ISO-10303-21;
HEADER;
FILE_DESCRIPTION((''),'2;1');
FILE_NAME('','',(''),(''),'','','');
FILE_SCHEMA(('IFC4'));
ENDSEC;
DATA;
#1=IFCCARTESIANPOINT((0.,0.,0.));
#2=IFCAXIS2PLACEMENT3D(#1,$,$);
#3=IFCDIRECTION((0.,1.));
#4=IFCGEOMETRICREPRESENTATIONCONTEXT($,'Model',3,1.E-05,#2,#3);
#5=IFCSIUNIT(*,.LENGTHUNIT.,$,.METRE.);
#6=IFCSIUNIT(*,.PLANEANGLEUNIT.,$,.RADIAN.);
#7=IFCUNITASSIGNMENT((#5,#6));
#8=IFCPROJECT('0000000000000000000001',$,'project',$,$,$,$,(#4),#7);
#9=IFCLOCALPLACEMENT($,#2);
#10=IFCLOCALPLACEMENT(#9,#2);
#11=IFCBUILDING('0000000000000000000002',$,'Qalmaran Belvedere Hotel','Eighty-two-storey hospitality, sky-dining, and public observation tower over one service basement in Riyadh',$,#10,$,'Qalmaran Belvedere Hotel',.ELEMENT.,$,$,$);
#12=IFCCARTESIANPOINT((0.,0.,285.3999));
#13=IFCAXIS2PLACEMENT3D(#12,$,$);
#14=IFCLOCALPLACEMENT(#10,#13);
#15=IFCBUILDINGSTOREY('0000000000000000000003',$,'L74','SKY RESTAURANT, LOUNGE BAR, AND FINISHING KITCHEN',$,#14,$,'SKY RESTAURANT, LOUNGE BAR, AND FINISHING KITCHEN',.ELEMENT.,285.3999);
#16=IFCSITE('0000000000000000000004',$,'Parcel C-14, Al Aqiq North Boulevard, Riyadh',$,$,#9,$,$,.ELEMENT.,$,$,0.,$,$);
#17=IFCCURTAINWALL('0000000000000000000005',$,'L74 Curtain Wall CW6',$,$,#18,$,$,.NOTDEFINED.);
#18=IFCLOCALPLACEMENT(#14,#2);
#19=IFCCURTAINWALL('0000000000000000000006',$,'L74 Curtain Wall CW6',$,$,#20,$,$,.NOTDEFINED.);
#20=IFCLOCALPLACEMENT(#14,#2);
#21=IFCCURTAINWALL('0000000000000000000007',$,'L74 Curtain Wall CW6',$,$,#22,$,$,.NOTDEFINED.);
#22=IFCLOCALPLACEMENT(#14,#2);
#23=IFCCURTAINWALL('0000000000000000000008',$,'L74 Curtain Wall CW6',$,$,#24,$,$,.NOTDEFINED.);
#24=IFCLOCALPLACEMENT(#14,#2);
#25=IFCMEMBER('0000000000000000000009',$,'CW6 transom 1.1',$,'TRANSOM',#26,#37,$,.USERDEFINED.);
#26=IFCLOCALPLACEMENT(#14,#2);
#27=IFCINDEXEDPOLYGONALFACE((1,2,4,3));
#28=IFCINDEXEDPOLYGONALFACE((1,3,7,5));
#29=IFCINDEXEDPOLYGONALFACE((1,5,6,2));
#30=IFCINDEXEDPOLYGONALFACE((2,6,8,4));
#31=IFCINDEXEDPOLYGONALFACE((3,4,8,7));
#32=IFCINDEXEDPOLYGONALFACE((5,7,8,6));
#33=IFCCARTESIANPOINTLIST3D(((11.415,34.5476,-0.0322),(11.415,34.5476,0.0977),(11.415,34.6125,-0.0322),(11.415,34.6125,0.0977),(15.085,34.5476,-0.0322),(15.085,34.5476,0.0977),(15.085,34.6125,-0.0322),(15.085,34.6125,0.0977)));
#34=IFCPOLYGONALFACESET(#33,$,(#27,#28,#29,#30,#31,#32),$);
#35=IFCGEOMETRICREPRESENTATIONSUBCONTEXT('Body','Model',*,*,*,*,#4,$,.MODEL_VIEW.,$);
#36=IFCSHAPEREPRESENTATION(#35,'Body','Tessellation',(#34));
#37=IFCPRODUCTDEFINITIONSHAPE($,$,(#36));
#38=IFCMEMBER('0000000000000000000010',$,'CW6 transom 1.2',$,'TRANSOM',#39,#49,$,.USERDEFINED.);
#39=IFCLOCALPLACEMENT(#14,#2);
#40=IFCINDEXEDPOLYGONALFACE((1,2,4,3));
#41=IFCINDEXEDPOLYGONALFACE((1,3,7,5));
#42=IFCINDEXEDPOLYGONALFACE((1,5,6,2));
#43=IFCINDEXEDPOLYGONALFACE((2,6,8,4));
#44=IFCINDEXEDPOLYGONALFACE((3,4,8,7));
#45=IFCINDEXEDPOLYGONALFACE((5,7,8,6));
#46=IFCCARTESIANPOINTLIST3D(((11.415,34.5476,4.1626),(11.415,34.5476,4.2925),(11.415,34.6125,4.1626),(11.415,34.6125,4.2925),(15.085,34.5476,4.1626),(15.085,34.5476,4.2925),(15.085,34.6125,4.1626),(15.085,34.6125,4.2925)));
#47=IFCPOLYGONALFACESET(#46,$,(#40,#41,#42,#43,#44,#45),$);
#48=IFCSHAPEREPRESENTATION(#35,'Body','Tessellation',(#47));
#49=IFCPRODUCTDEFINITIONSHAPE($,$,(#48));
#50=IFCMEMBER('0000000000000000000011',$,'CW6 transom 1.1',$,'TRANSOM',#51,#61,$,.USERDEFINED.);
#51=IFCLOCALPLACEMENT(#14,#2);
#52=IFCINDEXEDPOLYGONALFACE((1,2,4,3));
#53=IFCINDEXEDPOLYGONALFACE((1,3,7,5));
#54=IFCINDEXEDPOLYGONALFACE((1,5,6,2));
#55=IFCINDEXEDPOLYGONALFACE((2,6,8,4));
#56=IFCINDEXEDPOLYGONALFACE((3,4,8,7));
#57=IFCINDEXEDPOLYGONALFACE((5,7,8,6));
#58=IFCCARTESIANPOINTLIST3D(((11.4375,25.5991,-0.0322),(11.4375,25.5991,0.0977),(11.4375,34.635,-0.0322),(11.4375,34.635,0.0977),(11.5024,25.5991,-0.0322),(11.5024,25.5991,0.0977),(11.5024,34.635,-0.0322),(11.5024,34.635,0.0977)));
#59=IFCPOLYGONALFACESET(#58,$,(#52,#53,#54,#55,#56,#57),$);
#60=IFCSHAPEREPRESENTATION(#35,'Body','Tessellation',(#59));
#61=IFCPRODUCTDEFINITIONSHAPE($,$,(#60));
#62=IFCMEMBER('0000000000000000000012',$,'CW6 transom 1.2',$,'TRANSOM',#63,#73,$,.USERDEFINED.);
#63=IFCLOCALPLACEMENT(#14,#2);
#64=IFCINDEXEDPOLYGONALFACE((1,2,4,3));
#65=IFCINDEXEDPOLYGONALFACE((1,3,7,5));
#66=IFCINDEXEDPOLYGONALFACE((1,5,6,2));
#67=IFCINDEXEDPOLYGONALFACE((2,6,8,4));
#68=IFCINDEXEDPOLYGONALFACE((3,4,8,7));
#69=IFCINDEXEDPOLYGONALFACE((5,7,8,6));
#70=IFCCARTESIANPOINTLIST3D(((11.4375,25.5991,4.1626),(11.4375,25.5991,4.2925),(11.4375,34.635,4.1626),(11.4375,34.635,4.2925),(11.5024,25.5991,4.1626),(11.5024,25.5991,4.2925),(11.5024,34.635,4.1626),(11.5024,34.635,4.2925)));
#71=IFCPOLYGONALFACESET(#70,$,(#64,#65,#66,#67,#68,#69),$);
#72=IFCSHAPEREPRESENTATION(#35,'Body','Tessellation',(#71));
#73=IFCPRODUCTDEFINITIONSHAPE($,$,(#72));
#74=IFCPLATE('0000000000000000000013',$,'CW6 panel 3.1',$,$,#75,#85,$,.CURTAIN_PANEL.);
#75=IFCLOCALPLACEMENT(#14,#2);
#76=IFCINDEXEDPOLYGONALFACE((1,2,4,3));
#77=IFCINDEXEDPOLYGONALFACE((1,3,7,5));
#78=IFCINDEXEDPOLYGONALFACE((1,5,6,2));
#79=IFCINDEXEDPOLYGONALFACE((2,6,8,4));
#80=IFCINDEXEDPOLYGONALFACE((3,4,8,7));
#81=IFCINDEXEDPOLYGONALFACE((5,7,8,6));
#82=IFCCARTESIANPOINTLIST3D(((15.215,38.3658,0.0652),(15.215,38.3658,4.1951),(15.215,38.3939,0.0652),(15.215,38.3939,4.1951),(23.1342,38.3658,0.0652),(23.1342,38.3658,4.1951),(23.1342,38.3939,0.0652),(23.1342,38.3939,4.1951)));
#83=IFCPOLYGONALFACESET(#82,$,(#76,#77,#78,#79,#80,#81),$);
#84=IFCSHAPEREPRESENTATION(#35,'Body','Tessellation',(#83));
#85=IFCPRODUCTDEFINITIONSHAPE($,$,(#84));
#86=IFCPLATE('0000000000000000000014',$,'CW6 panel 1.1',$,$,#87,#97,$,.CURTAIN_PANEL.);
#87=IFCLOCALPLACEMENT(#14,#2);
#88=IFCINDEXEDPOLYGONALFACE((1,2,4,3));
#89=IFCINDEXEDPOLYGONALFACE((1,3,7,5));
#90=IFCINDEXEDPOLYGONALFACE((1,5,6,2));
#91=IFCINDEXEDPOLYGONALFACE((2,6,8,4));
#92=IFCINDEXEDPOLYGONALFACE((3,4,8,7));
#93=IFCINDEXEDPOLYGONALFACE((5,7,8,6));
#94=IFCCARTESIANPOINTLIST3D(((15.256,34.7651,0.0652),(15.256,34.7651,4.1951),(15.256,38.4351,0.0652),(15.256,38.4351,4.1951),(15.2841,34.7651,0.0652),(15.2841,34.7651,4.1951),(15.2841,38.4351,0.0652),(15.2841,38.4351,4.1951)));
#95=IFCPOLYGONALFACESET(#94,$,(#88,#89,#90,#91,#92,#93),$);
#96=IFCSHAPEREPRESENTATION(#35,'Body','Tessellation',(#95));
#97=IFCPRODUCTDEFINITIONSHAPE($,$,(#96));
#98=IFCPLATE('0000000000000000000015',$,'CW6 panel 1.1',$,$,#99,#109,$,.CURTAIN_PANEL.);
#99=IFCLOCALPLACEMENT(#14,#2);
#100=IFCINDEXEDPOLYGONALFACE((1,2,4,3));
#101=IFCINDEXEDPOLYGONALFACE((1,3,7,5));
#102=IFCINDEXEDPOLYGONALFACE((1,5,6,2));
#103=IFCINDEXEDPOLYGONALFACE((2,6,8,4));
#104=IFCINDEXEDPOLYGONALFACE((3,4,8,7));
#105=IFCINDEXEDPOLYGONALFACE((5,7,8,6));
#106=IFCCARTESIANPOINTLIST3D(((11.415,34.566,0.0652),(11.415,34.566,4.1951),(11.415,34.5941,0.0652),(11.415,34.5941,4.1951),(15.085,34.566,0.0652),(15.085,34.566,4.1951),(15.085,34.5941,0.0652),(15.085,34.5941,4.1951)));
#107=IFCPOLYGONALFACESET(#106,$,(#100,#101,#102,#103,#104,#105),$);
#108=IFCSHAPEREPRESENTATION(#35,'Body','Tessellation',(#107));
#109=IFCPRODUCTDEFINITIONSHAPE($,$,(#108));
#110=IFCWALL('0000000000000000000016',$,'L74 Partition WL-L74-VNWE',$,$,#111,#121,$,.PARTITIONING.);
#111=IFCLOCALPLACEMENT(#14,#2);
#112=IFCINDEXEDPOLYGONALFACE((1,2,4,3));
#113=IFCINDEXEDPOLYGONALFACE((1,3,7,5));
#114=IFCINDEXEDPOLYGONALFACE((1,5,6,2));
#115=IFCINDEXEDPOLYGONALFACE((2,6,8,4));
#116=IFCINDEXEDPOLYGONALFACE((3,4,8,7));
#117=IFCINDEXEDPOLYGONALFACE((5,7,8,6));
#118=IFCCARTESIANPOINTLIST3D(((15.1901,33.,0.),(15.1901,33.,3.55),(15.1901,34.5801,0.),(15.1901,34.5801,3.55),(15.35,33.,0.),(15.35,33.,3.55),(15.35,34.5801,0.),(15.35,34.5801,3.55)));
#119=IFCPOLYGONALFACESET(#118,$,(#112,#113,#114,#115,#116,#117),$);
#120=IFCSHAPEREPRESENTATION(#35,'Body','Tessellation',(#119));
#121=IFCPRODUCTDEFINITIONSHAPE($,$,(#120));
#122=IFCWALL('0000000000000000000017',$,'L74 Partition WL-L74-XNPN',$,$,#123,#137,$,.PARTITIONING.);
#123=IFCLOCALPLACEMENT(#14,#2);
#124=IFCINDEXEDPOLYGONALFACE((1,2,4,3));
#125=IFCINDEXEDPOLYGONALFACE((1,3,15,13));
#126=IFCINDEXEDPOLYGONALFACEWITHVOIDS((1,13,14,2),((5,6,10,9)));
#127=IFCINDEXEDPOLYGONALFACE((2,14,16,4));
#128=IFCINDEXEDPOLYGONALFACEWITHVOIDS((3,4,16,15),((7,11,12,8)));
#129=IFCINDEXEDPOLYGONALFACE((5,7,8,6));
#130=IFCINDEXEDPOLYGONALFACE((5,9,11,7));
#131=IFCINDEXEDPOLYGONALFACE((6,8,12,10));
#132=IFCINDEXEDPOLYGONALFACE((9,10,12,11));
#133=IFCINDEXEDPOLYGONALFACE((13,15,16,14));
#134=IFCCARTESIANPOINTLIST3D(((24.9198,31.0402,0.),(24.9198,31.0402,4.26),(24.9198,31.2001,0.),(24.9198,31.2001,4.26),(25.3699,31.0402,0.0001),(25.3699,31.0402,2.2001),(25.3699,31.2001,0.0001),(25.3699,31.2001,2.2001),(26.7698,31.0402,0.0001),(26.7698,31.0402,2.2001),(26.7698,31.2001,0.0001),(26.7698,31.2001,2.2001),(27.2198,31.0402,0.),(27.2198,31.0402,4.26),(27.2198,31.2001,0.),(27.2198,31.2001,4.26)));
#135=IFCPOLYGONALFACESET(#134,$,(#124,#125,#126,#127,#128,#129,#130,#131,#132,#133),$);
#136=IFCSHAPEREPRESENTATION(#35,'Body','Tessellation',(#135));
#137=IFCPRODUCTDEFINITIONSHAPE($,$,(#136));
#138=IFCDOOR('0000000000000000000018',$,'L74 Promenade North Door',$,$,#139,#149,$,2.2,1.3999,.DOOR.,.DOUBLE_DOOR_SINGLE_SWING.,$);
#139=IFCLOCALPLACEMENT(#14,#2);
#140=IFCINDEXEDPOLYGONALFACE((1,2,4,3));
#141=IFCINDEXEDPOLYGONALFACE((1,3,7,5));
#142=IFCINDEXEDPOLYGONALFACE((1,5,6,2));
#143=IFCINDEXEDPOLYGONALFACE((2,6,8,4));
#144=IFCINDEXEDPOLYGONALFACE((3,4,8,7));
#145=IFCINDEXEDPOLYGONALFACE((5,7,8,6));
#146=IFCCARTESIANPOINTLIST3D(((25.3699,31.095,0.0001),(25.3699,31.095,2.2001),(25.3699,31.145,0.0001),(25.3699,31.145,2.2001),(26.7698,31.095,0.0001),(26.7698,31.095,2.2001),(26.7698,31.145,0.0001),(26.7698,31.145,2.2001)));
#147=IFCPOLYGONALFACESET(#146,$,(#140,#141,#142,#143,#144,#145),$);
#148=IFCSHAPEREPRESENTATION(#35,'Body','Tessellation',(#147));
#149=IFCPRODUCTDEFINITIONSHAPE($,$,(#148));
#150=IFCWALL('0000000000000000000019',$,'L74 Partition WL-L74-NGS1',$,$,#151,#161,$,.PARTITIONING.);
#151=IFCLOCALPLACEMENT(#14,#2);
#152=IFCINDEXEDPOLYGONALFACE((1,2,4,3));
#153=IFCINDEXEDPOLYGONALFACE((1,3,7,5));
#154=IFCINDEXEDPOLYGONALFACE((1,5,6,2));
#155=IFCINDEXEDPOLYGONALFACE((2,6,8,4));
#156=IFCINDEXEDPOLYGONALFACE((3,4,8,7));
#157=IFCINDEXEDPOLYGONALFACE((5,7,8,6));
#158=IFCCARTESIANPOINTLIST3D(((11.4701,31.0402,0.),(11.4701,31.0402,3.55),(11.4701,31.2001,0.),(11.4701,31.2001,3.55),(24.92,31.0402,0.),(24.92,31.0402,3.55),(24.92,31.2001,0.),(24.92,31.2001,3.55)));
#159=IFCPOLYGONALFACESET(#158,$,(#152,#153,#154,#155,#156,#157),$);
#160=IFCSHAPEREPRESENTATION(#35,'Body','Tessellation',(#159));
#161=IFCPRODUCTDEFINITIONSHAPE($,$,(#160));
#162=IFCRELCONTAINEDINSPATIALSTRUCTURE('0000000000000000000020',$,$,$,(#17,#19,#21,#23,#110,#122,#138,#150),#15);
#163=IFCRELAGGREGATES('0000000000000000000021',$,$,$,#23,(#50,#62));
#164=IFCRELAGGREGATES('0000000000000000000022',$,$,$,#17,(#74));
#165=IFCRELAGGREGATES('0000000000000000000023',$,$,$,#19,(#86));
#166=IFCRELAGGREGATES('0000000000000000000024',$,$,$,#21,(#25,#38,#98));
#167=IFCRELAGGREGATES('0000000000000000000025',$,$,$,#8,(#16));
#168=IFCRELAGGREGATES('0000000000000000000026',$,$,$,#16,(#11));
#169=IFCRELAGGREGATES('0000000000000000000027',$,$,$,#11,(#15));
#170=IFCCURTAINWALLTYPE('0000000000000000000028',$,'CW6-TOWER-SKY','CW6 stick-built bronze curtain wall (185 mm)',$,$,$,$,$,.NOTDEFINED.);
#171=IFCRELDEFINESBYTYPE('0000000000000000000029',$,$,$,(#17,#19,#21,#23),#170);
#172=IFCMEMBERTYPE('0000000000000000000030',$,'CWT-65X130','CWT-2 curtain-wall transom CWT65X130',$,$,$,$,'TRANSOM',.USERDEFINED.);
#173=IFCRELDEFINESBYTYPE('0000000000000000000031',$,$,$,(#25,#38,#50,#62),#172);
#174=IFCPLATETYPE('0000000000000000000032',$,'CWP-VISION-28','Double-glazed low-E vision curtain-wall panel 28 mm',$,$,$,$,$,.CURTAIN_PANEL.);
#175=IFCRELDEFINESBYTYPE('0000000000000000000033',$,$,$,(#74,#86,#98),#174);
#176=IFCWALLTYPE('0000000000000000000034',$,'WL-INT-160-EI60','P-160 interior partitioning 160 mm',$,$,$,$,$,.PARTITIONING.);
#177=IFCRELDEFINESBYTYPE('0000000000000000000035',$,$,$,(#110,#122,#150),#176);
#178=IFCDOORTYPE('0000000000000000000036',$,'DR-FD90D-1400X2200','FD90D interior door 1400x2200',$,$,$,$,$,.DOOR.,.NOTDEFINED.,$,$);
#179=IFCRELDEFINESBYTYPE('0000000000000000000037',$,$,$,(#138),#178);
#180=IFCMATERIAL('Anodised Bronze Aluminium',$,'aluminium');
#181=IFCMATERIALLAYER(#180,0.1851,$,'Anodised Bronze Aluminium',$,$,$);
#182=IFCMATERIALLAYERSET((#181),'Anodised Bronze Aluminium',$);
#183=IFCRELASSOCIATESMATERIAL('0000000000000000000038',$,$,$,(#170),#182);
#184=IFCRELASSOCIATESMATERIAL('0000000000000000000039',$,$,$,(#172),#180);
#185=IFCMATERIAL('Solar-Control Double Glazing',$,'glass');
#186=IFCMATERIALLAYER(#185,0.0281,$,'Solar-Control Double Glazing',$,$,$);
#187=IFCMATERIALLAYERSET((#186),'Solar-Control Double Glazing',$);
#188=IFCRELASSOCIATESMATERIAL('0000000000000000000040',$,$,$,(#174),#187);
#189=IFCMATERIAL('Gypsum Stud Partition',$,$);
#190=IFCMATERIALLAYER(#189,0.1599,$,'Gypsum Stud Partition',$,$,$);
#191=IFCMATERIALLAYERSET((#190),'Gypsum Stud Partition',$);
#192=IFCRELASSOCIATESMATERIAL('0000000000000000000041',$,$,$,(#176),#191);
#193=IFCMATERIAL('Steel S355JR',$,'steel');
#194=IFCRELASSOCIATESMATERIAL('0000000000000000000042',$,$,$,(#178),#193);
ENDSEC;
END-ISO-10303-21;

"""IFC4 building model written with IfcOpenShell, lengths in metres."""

from ifc_helpers import new_model, si_unit, direction, frame, frame_2d, origin, origin_2d, place, context, subcontext, project, spatial, rectangle, extrude, material, layer, layer_set, material_profile, profile_set, type_object, element, fill, aggregate, save


model = new_model("IFC4")

# Units and contexts
model_context = context("Model", 3, precision=1e-05, world=origin(), true_north=direction((0.0, 1.0)))
body_context = subcontext(model_context, "Body", "Model", "MODEL_VIEW")
ifc_project = project(units=[si_unit("LENGTHUNIT", "METRE"), si_unit("PLANEANGLEUNIT", "RADIAN")], contexts=[model_context])

# Site, building, storey
site_placement = place(None, origin())
site = spatial("IfcSite", under=ifc_project, at=site_placement, Name="Parcel C-14, Al Aqiq North Boulevard, Riyadh", CompositionType="ELEMENT", RefElevation=0.0)
building_placement = place(site_placement, origin())
building = spatial("IfcBuilding", under=site, at=building_placement, Name="Qalmaran Belvedere Hotel", Description="Eighty-two-storey hospitality, sky-dining, and public observation tower over one service basement in Riyadh", LongName="Qalmaran Belvedere Hotel", CompositionType="ELEMENT")
storey_placement = place(building_placement, frame((0.0, 0.0, 285.3999)))
storey = spatial("IfcBuildingStorey", under=building, at=storey_placement, Name="L74", Description="SKY RESTAURANT, LOUNGE BAR, AND FINISHING KITCHEN", LongName="SKY RESTAURANT, LOUNGE BAR, AND FINISHING KITCHEN", CompositionType="ELEMENT", Elevation=285.3999)

# Shared definitions
ifc_material_1 = material(Name="Steel S355JR", Category="steel")

# Curtain walls
ifc_material_2 = material(Name="Anodised Bronze Aluminium", Category="aluminium")
ifc_layer_1 = layer(ifc_material_2, 0.1851, Name="Anodised Bronze Aluminium")
ifc_layer_set_1 = layer_set([ifc_layer_1], Name="Anodised Bronze Aluminium")
curtain_wall_type = type_object("IfcCurtainWallType", Name="CW6-TOWER-SKY", Description="CW6 stick-built bronze curtain wall (185 mm)", PredefinedType="NOTDEFINED", material=ifc_layer_set_1)
curtain_wall_1_placement = place(storey_placement, origin())
curtain_wall_1 = element("IfcCurtainWall", 1, at=curtain_wall_1_placement, inside=storey, type_object=curtain_wall_type, Name="L74 Curtain Wall CW6", PredefinedType="NOTDEFINED")
curtain_wall_2_placement = place(storey_placement, origin())
curtain_wall_2 = element("IfcCurtainWall", 2, at=curtain_wall_2_placement, inside=storey, type_object=curtain_wall_type, Name="L74 Curtain Wall CW6", PredefinedType="NOTDEFINED")
curtain_wall_3_placement = place(storey_placement, origin())
curtain_wall_3 = element("IfcCurtainWall", 3, at=curtain_wall_3_placement, inside=storey, type_object=curtain_wall_type, Name="L74 Curtain Wall CW6", PredefinedType="NOTDEFINED")

# Curtain wall
curtain_wall_4_placement = place(storey_placement, origin())
curtain_wall_4 = element("IfcCurtainWall", 4, at=curtain_wall_4_placement, inside=storey, type_object=curtain_wall_type, Name="L74 Curtain Wall CW6", PredefinedType="NOTDEFINED")

# Members
ifc_material_profile_1 = material_profile(ifc_material_2, rectangle(XDim=0.0649, YDim=0.1299, at=origin_2d()), Name="CWT65X130")
ifc_profile_set_1 = profile_set([ifc_material_profile_1], Name="Anodised Bronze Aluminium")
member_type_1 = type_object("IfcMemberType", Name="CWT-65X130", Description="CWT-2 curtain-wall transom CWT65X130", ElementType="TRANSOM", PredefinedType="USERDEFINED", material=ifc_profile_set_1)
member_1_placement = place(storey_placement, frame((15.085, 34.5801, 0.0327), z_axis=(-1.0, 0.0, 0.0), x_axis=(0.0, -1.0, 0.0)))
member_1 = element("IfcMember", 5, at=member_1_placement, type_object=member_type_1, Name="CW6 transom 1.1", ObjectType="TRANSOM", PredefinedType="USERDEFINED", context=body_context, shape_type="SweptSolid", body=[
    extrude(rectangle(XDim=0.0649, YDim=0.1299, at=origin_2d()), origin(), (0.0, 0.0, 1.0), 3.6699),
])
member_2_placement = place(storey_placement, frame((15.085, 34.5801, 4.2275), z_axis=(-1.0, 0.0, 0.0), x_axis=(0.0, -1.0, 0.0)))
member_2 = element("IfcMember", 6, at=member_2_placement, type_object=member_type_1, Name="CW6 transom 1.2", ObjectType="TRANSOM", PredefinedType="USERDEFINED", context=body_context, shape_type="SweptSolid", body=[
    extrude(rectangle(XDim=0.0649, YDim=0.1299, at=origin_2d()), origin(), (0.0, 0.0, 1.0), 3.6699),
])
member_3_placement = place(storey_placement, frame((11.47, 34.635, 0.0327), z_axis=(0.0, -1.0, 0.0), x_axis=(1.0, 0.0, 0.0)))
member_3 = element("IfcMember", 7, at=member_3_placement, type_object=member_type_1, Name="CW6 transom 1.1", ObjectType="TRANSOM", PredefinedType="USERDEFINED", context=body_context, shape_type="SweptSolid", body=[
    extrude(rectangle(XDim=0.0649, YDim=0.1299, at=origin_2d()), origin(), (0.0, 0.0, 1.0), 9.0359),
])
member_4_placement = place(storey_placement, frame((11.47, 34.635, 4.2275), z_axis=(0.0, -1.0, 0.0), x_axis=(1.0, 0.0, 0.0)))
member_4 = element("IfcMember", 8, at=member_4_placement, type_object=member_type_1, Name="CW6 transom 1.2", ObjectType="TRANSOM", PredefinedType="USERDEFINED", context=body_context, shape_type="SweptSolid", body=[
    extrude(rectangle(XDim=0.0649, YDim=0.1299, at=origin_2d()), origin(), (0.0, 0.0, 1.0), 9.0359),
])
aggregate(curtain_wall_4, [member_3, member_4])

# Plates
ifc_material_3 = material(Name="Solar-Control Double Glazing", Category="glass")
ifc_layer_2 = layer(ifc_material_3, 0.0281, Name="Solar-Control Double Glazing")
ifc_layer_set_2 = layer_set([ifc_layer_2], Name="Solar-Control Double Glazing")
plate_type = type_object("IfcPlateType", Name="CWP-VISION-28", Description="Double-glazed low-E vision curtain-wall panel 28 mm", PredefinedType="CURTAIN_PANEL", material=ifc_layer_set_2)
plate_1_placement = place(storey_placement, frame((19.1746, 38.3799, 0.0652), z_axis=(0.0, 0.0, 1.0), x_axis=(-1.0, 0.0, 0.0)))
plate_1 = element("IfcPlate", 9, at=plate_1_placement, type_object=plate_type, Name="CW6 panel 3.1", PredefinedType="CURTAIN_PANEL", context=body_context, shape_type="SweptSolid", body=[
    extrude(rectangle(XDim=7.9192, YDim=0.0281, at=origin_2d()), origin(), (0.0, 0.0, 1.0), 4.1299),
])
aggregate(curtain_wall_1, [plate_1])
plate_2_placement = place(storey_placement, frame((15.27, 36.6001, 0.0652), z_axis=(0.0, 0.0, 1.0), x_axis=(0.0, -1.0, 0.0)))
plate_2 = element("IfcPlate", 10, at=plate_2_placement, type_object=plate_type, Name="CW6 panel 1.1", PredefinedType="CURTAIN_PANEL", context=body_context, shape_type="SweptSolid", body=[
    extrude(rectangle(XDim=3.6699, YDim=0.0281, at=origin_2d()), origin(), (0.0, 0.0, 1.0), 4.1299),
])
aggregate(curtain_wall_2, [plate_2])
plate_3_placement = place(storey_placement, frame((13.25, 34.5801, 0.0652), z_axis=(0.0, 0.0, 1.0), x_axis=(-1.0, 0.0, 0.0)))
plate_3 = element("IfcPlate", 11, at=plate_3_placement, type_object=plate_type, Name="CW6 panel 1.1", PredefinedType="CURTAIN_PANEL", context=body_context, shape_type="SweptSolid", body=[
    extrude(rectangle(XDim=3.6699, YDim=0.0281, at=origin_2d()), origin(), (0.0, 0.0, 1.0), 4.1299),
])
aggregate(curtain_wall_3, [member_1, member_2, plate_3])

# Wall
ifc_material_4 = material(Name="Gypsum Stud Partition")
ifc_layer_3 = layer(ifc_material_4, 0.1599, Name="Gypsum Stud Partition")
ifc_layer_set_3 = layer_set([ifc_layer_3], Name="Gypsum Stud Partition")
wall_type_1 = type_object("IfcWallType", Name="WL-INT-160-EI60", Description="P-160 interior partitioning 160 mm", PredefinedType="PARTITIONING", material=ifc_layer_set_3)
wall_1_placement = place(storey_placement, frame((15.27, 33.0, 0.0), z_axis=(0.0, 0.0, 1.0), x_axis=(0.0, 1.0, 0.0)))
element("IfcWall", 12, at=wall_1_placement, inside=storey, type_object=wall_type_1, Name="L74 Partition WL-L74-VNWE", PredefinedType="PARTITIONING", context=body_context, shape_type="SweptSolid", body=[
    extrude(rectangle(XDim=1.5801, YDim=0.1599, at=frame_2d((0.79, 0.0))), origin(), (0.0, 0.0, 1.0), 3.55),
])

# Wall, opening, door
wall_2_placement = place(storey_placement, frame((24.9199, 31.1201, 0.0), z_axis=(0.0, 0.0, 1.0), x_axis=(1.0, 0.0, 0.0)))
wall_2 = element("IfcWall", 13, at=wall_2_placement, inside=storey, type_object=wall_type_1, Name="L74 Partition WL-L74-XNPN", PredefinedType="PARTITIONING", context=body_context, shape_type="SweptSolid", body=[
    extrude(rectangle(XDim=2.3, YDim=0.1599, at=frame_2d((1.1499, 0.0))), origin(), (0.0, 0.0, 1.0), 4.26),
])
opening_1_placement = place(wall_2_placement, frame((0.45, 0.0, 0.0)))
opening_1 = element("IfcOpeningElement", 14, at=opening_1_placement, cuts=wall_2, PredefinedType="OPENING", context=body_context, shape_type="SweptSolid", body=[
    extrude(rectangle(XDim=1.3999, YDim=2.2, at=frame_2d((0.7, 1.1001))), frame((0.0, 0.0898, 0.0), z_axis=(0.0, -1.0, 0.0), x_axis=(1.0, 0.0, 0.0)), (0.0, 0.0, 1.0), 0.1799),
])
door_type_1 = type_object("IfcDoorType", Name="DR-FD90D-1400X2200", Description="FD90D interior door 1400x2200", OperationType="NOTDEFINED", PredefinedType="DOOR", material=ifc_material_1)
door_1_placement = place(opening_1_placement, origin())
door_1 = element("IfcDoor", 15, at=door_1_placement, inside=storey, type_object=door_type_1, Name="L74 Promenade North Door", OperationType="DOUBLE_DOOR_SINGLE_SWING", OverallHeight=2.2, OverallWidth=1.3999, PredefinedType="DOOR", context=body_context, shape_type="SweptSolid", body=[
    extrude(rectangle(XDim=1.3999, YDim=2.2, at=frame_2d((0.7, 1.1001))), frame((0.0, 0.0249, 0.0), z_axis=(0.0, -1.0, 0.0), x_axis=(1.0, 0.0, 0.0)), (0.0, 0.0, 1.0), 0.05),
])
fill(opening_1, door_1)

# Wall
wall_3_placement = place(storey_placement, frame((11.47, 31.1201, 0.0), z_axis=(0.0, 0.0, 1.0), x_axis=(1.0, 0.0, 0.0)))
element("IfcWall", 16, at=wall_3_placement, inside=storey, type_object=wall_type_1, Name="L74 Partition WL-L74-NGS1", PredefinedType="PARTITIONING", context=body_context, shape_type="SweptSolid", body=[
    extrude(rectangle(XDim=13.45, YDim=0.1599, at=frame_2d((6.7251, 0.0))), origin(), (0.0, 0.0, 1.0), 3.55),
])

save(model, "model.ifc")
